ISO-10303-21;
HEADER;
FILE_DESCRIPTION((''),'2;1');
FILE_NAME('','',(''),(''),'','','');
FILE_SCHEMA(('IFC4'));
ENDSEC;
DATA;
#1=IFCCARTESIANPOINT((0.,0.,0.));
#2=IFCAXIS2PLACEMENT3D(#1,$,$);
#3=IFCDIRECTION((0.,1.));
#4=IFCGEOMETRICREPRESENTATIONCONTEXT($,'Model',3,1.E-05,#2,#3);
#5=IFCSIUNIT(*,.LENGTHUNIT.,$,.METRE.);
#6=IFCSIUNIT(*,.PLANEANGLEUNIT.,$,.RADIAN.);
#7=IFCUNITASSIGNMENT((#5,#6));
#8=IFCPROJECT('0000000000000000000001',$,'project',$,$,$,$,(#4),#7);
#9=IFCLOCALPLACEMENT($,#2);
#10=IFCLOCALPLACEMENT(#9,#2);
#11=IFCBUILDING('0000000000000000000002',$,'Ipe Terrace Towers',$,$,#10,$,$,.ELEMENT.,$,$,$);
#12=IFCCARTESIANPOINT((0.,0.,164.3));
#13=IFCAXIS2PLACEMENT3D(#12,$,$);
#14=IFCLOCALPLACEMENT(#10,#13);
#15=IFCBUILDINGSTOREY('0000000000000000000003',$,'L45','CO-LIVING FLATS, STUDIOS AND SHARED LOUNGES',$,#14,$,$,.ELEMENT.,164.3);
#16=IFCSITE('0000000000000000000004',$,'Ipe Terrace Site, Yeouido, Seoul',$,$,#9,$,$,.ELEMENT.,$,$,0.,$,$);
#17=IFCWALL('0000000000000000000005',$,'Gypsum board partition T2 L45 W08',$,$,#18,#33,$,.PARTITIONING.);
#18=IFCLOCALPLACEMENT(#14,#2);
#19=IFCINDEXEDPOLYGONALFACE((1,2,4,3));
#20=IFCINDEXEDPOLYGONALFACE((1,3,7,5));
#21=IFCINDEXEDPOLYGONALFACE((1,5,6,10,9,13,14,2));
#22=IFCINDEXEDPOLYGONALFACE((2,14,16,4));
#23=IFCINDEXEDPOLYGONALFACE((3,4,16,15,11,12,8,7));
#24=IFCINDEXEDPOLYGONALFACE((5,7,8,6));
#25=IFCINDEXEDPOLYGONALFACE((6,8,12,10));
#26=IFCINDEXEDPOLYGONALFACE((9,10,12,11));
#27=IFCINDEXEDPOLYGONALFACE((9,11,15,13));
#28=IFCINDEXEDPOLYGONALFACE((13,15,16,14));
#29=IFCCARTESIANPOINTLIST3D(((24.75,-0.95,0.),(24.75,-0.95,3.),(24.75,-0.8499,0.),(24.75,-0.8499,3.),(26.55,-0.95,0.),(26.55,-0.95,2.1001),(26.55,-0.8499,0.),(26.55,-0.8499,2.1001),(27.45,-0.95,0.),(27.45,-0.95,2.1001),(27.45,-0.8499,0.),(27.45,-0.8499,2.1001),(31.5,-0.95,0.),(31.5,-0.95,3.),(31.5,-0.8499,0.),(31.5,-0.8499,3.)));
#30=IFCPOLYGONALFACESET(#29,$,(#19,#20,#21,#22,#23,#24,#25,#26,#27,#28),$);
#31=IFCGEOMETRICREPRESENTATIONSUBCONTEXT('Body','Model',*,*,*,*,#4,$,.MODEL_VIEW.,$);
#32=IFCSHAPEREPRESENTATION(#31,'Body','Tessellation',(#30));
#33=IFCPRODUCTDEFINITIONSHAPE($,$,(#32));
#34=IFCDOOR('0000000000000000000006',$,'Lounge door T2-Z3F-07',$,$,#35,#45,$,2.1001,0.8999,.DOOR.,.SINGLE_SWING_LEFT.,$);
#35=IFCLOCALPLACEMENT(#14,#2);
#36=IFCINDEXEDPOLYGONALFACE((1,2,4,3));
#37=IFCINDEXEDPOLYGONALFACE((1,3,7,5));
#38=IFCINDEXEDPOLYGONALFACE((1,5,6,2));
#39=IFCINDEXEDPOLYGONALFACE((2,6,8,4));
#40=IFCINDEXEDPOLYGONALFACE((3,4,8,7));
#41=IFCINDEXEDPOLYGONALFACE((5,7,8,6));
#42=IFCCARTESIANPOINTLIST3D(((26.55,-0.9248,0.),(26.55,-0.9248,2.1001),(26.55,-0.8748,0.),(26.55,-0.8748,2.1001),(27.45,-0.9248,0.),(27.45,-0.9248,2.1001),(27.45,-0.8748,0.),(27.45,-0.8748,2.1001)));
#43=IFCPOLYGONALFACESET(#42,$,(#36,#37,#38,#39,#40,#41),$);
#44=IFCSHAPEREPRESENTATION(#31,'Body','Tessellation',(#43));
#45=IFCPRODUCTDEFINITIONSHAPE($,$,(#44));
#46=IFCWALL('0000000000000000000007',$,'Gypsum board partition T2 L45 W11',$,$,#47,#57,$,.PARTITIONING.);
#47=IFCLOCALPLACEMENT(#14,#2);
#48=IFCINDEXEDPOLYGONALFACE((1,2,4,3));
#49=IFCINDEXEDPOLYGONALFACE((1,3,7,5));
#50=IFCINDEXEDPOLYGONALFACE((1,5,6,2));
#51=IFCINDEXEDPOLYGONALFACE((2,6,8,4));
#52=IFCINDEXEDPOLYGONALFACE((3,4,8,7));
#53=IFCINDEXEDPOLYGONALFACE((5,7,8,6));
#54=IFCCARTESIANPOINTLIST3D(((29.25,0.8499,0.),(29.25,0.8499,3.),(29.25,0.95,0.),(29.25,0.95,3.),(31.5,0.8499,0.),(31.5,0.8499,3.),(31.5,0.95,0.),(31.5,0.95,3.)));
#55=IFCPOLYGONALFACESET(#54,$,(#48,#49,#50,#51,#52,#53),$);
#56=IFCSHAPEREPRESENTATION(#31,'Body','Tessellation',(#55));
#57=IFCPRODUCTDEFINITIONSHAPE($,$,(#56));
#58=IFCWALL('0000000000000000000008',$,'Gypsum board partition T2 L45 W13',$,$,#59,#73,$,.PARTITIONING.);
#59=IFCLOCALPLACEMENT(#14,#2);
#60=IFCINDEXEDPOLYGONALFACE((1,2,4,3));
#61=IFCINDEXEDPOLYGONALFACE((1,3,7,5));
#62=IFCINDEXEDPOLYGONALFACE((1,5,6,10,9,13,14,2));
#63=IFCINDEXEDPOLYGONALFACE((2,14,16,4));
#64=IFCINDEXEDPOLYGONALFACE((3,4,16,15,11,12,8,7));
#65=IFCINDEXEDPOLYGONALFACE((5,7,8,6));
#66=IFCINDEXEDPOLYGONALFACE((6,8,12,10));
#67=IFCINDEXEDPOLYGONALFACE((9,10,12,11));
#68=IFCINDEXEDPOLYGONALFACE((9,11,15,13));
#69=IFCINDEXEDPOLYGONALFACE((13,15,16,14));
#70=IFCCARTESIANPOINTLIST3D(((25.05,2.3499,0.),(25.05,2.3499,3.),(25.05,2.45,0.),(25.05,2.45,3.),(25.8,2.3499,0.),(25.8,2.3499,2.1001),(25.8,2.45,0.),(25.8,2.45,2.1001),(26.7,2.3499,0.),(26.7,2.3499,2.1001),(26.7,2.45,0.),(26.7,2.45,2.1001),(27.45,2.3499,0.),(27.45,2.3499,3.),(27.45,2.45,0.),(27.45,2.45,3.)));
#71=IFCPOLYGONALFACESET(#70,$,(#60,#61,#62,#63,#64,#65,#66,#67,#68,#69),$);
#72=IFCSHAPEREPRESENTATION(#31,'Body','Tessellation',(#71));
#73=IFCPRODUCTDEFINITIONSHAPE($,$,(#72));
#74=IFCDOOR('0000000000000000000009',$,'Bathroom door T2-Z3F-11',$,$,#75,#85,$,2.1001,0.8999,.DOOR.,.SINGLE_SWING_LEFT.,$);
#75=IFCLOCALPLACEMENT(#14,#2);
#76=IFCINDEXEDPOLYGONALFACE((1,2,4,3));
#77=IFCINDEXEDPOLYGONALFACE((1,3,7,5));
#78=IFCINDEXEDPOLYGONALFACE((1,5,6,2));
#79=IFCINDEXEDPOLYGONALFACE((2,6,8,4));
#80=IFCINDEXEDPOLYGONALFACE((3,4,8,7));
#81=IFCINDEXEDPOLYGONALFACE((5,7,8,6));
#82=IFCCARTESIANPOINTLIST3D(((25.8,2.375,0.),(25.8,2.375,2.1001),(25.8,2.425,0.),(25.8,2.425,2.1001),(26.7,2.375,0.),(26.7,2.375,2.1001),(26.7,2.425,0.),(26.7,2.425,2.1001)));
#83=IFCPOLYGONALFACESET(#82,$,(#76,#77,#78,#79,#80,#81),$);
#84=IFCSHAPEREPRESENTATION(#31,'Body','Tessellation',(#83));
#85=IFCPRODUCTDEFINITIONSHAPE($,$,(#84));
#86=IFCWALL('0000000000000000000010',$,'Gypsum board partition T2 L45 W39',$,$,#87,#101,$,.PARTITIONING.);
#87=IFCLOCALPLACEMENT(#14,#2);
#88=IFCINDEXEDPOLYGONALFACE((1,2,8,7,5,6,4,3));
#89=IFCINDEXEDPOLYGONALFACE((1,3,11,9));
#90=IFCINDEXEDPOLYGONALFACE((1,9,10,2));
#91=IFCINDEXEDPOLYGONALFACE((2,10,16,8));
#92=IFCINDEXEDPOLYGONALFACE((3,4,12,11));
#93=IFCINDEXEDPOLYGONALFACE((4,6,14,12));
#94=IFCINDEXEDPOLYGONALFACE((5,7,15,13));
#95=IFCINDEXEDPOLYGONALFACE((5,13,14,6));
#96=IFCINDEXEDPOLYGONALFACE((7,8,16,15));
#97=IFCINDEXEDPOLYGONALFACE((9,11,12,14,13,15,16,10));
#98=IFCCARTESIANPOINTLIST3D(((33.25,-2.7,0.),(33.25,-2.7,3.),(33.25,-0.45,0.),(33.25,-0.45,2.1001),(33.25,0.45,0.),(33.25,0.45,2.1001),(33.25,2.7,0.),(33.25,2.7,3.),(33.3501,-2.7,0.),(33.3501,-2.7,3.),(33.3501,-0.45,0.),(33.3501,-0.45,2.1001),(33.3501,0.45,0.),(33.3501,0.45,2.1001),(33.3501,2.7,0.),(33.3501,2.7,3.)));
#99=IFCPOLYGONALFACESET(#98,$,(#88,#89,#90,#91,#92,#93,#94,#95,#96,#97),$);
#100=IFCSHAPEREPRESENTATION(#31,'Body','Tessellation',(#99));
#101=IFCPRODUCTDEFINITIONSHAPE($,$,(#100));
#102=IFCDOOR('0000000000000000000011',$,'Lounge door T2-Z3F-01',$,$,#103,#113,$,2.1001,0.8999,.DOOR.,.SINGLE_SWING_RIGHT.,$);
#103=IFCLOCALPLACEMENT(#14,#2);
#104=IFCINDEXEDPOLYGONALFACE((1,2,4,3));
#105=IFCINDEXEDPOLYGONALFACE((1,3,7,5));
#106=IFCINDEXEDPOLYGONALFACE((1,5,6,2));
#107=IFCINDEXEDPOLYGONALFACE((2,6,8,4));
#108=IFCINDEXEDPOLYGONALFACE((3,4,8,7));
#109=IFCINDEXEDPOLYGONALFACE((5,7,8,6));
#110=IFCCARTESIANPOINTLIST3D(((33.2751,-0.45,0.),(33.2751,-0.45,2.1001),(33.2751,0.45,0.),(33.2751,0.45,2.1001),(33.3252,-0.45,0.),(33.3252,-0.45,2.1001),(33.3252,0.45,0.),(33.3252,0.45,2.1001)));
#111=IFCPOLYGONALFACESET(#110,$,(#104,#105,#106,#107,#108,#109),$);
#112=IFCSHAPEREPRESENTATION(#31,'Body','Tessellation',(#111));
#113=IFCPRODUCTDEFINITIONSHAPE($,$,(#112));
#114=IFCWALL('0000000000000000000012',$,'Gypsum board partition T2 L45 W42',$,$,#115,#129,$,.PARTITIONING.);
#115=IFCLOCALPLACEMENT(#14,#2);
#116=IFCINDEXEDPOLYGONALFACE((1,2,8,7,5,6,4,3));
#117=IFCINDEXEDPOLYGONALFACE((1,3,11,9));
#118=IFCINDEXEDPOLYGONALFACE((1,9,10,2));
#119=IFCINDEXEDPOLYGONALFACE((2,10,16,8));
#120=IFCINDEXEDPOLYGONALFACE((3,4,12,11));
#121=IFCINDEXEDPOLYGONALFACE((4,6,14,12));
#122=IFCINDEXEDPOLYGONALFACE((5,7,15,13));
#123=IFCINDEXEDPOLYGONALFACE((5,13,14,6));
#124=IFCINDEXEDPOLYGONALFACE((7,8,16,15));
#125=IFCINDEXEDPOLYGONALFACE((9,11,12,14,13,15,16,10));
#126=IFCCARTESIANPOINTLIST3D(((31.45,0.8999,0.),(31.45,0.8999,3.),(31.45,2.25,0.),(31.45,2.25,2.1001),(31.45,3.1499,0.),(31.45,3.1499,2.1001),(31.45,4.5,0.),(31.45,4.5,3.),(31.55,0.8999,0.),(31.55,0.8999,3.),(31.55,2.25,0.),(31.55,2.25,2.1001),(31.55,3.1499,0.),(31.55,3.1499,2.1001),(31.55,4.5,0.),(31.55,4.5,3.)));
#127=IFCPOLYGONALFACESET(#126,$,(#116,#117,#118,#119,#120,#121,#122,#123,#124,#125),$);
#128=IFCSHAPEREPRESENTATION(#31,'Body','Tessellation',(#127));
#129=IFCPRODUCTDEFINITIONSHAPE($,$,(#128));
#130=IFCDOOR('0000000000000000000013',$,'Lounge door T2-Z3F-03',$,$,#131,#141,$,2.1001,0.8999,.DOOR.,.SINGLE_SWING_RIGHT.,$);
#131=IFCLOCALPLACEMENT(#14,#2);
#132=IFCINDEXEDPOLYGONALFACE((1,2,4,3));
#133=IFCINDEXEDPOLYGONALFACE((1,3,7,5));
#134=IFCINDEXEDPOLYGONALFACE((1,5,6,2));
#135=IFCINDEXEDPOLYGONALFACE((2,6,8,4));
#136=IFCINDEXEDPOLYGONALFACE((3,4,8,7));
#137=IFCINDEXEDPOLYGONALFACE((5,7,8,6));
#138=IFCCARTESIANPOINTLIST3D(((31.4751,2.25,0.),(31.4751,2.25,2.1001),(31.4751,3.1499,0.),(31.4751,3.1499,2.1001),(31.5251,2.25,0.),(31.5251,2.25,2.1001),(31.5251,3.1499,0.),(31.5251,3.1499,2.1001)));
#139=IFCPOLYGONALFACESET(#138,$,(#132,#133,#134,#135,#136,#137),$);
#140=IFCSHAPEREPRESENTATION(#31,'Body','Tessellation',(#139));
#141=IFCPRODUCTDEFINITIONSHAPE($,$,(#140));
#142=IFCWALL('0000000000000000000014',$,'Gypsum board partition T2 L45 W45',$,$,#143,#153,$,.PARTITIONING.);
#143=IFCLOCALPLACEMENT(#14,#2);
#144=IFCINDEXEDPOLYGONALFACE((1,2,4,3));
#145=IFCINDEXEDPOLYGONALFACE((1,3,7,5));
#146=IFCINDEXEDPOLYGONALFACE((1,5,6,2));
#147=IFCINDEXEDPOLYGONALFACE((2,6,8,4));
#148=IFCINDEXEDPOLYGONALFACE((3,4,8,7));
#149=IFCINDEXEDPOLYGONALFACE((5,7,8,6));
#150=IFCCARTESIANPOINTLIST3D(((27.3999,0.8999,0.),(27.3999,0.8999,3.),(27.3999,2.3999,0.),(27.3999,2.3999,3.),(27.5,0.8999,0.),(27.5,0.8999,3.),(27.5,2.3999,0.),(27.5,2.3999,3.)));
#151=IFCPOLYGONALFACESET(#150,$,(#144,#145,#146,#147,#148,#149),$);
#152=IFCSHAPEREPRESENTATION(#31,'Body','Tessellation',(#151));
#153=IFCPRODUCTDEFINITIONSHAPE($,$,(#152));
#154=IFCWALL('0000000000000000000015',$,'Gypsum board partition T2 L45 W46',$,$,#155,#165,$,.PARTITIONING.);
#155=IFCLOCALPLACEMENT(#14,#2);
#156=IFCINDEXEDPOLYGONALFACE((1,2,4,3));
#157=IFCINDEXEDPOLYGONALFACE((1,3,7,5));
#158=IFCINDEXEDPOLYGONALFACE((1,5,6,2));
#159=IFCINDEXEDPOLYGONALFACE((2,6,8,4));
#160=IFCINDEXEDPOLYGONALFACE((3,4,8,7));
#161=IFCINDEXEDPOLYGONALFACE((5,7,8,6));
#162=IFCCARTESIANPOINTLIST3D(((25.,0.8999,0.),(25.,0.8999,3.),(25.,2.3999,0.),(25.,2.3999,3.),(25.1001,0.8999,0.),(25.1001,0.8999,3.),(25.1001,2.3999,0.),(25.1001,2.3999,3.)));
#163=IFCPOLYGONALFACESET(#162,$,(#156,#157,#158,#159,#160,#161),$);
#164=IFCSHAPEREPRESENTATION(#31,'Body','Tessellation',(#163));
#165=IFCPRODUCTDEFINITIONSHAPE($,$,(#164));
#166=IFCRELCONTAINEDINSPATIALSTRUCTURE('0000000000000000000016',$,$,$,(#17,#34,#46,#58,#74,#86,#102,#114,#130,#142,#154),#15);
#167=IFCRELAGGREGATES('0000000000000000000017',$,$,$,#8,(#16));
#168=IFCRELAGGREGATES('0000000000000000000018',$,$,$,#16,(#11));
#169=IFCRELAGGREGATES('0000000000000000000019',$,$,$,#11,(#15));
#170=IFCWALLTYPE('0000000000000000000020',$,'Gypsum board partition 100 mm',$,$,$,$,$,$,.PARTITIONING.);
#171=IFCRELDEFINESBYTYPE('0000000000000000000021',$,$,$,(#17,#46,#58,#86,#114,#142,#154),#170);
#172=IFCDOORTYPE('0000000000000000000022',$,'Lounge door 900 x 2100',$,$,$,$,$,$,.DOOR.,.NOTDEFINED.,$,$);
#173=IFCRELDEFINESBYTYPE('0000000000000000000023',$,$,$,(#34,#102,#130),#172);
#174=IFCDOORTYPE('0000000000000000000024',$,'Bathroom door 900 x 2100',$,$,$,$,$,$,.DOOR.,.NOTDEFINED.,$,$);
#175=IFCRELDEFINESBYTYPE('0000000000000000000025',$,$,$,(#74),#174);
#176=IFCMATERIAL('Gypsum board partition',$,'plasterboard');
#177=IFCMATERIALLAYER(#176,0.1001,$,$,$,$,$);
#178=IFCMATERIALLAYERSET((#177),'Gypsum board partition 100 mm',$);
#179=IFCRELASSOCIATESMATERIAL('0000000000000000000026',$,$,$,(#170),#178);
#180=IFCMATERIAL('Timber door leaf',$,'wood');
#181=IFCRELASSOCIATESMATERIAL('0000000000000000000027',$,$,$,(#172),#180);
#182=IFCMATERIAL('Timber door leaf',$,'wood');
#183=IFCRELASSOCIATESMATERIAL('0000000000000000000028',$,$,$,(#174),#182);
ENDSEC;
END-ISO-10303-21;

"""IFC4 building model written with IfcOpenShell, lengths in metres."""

from ifc_helpers import new_model, si_unit, direction, frame, frame_2d, origin, place, context, subcontext, project, spatial, rectangle, extrude, material, layer, layer_set, type_object, element, fill, save


model = new_model("IFC4")

# Units and contexts
model_context = context("Model", 3, precision=1e-05, world=origin(), true_north=direction((0.0, 1.0)))
body_context = subcontext(model_context, "Body", "Model", "MODEL_VIEW")
ifc_project = project(units=[si_unit("LENGTHUNIT", "METRE"), si_unit("PLANEANGLEUNIT", "RADIAN")], contexts=[model_context])

# Site, building, storey
site_placement = place(None, origin())
site = spatial("IfcSite", under=ifc_project, at=site_placement, Name="Ipe Terrace Site, Yeouido, Seoul", CompositionType="ELEMENT", RefElevation=0.0)
building_placement = place(site_placement, origin())
building = spatial("IfcBuilding", under=site, at=building_placement, Name="Ipe Terrace Towers", CompositionType="ELEMENT")
storey_placement = place(building_placement, frame((0.0, 0.0, 164.3)))
storey = spatial("IfcBuildingStorey", under=building, at=storey_placement, Name="L45", Description="CO-LIVING FLATS, STUDIOS AND SHARED LOUNGES", CompositionType="ELEMENT", Elevation=164.3)

# Wall, opening, door
ifc_material_1 = material(Name="Gypsum board partition", Category="plasterboard")
ifc_layer_1 = layer(ifc_material_1, 0.1001)
ifc_layer_set_1 = layer_set([ifc_layer_1], Name="Gypsum board partition 100 mm")
wall_type_1 = type_object("IfcWallType", Name="Gypsum board partition 100 mm", PredefinedType="PARTITIONING", material=ifc_layer_set_1)
wall_1_placement = place(storey_placement, frame((31.5, -0.8999, 0.0), z_axis=(0.0, 0.0, 1.0), x_axis=(-1.0, 0.0, 0.0)))
wall_1 = element("IfcWall", 1, at=wall_1_placement, inside=storey, type_object=wall_type_1, Name="Gypsum board partition T2 L45 W08", PredefinedType="PARTITIONING", context=body_context, shape_type="SweptSolid", body=[
    extrude(rectangle(XDim=6.75, YDim=0.1001, at=frame_2d((3.375, 0.0))), origin(), (0.0, 0.0, 1.0), 3.0),
])
opening_1_placement = place(wall_1_placement, frame((4.05, 0.0, 0.0)))
opening_1 = element("IfcOpeningElement", 2, at=opening_1_placement, cuts=wall_1, PredefinedType="OPENING", context=body_context, shape_type="SweptSolid", body=[
    extrude(rectangle(XDim=0.8999, YDim=2.1001, at=frame_2d((0.45, 1.05))), frame((0.0, 0.0601, 0.0), z_axis=(0.0, -1.0, 0.0), x_axis=(1.0, 0.0, 0.0)), (0.0, 0.0, 1.0), 0.1201),
])
ifc_material_2 = material(Name="Timber door leaf", Category="wood")
door_type_1 = type_object("IfcDoorType", Name="Lounge door 900 x 2100", OperationType="NOTDEFINED", PredefinedType="DOOR", material=ifc_material_2)
door_1_placement = place(opening_1_placement, origin())
door_1 = element("IfcDoor", 3, at=door_1_placement, inside=storey, type_object=door_type_1, Name="Lounge door T2-Z3F-07", OperationType="SINGLE_SWING_LEFT", OverallHeight=2.1001, OverallWidth=0.8999, PredefinedType="DOOR", context=body_context, shape_type="SweptSolid", body=[
    extrude(rectangle(XDim=0.8999, YDim=2.1001, at=frame_2d((0.45, 1.05))), frame((0.0, 0.0249, 0.0), z_axis=(0.0, -1.0, 0.0), x_axis=(1.0, 0.0, 0.0)), (0.0, 0.0, 1.0), 0.05),
])
fill(opening_1, door_1)

# Wall
wall_2_placement = place(storey_placement, frame((31.5, 0.8999, 0.0), z_axis=(0.0, 0.0, 1.0), x_axis=(-1.0, 0.0, 0.0)))
element("IfcWall", 4, at=wall_2_placement, inside=storey, type_object=wall_type_1, Name="Gypsum board partition T2 L45 W11", PredefinedType="PARTITIONING", context=body_context, shape_type="SweptSolid", body=[
    extrude(rectangle(XDim=2.25, YDim=0.1001, at=frame_2d((1.125, 0.0))), origin(), (0.0, 0.0, 1.0), 3.0),
])

# Walls, openings, doors
wall_3_placement = place(storey_placement, frame((27.45, 2.3999, 0.0), z_axis=(0.0, 0.0, 1.0), x_axis=(-1.0, 0.0, 0.0)))
wall_3 = element("IfcWall", 5, at=wall_3_placement, inside=storey, type_object=wall_type_1, Name="Gypsum board partition T2 L45 W13", PredefinedType="PARTITIONING", context=body_context, shape_type="SweptSolid", body=[
    extrude(rectangle(XDim=2.3999, YDim=0.1001, at=frame_2d((1.2, 0.0))), origin(), (0.0, 0.0, 1.0), 3.0),
])
opening_2_placement = place(wall_3_placement, frame((0.75, 0.0, 0.0)))
opening_2 = element("IfcOpeningElement", 6, at=opening_2_placement, cuts=wall_3, PredefinedType="OPENING", context=body_context, shape_type="SweptSolid", body=[
    extrude(rectangle(XDim=0.8999, YDim=2.1001, at=frame_2d((0.45, 1.05))), frame((0.0, 0.0601, 0.0), z_axis=(0.0, -1.0, 0.0), x_axis=(1.0, 0.0, 0.0)), (0.0, 0.0, 1.0), 0.1201),
])
ifc_material_3 = material(Name="Timber door leaf", Category="wood")
door_type_2 = type_object("IfcDoorType", Name="Bathroom door 900 x 2100", OperationType="NOTDEFINED", PredefinedType="DOOR", material=ifc_material_3)
door_2_placement = place(opening_2_placement, origin())
door_2 = element("IfcDoor", 7, at=door_2_placement, inside=storey, type_object=door_type_2, Name="Bathroom door T2-Z3F-11", OperationType="SINGLE_SWING_LEFT", OverallHeight=2.1001, OverallWidth=0.8999, PredefinedType="DOOR", context=body_context, shape_type="SweptSolid", body=[
    extrude(rectangle(XDim=0.8999, YDim=2.1001, at=frame_2d((0.45, 1.05))), frame((0.0, 0.0249, 0.0), z_axis=(0.0, -1.0, 0.0), x_axis=(1.0, 0.0, 0.0)), (0.0, 0.0, 1.0), 0.05),
])
fill(opening_2, door_2)
wall_4_placement = place(storey_placement, frame((33.3, -2.7, 0.0), z_axis=(0.0, 0.0, 1.0), x_axis=(0.0, 1.0, 0.0)))
wall_4 = element("IfcWall", 8, at=wall_4_placement, inside=storey, type_object=wall_type_1, Name="Gypsum board partition T2 L45 W39", PredefinedType="PARTITIONING", context=body_context, shape_type="SweptSolid", body=[
    extrude(rectangle(XDim=5.3999, YDim=0.1001, at=frame_2d((2.7, 0.0))), origin(), (0.0, 0.0, 1.0), 3.0),
])
opening_3_placement = place(wall_4_placement, frame((2.25, 0.0, 0.0)))
opening_3 = element("IfcOpeningElement", 9, at=opening_3_placement, cuts=wall_4, PredefinedType="OPENING", context=body_context, shape_type="SweptSolid", body=[
    extrude(rectangle(XDim=0.8999, YDim=2.1001, at=frame_2d((0.45, 1.05))), frame((0.0, 0.0601, 0.0), z_axis=(0.0, -1.0, 0.0), x_axis=(1.0, 0.0, 0.0)), (0.0, 0.0, 1.0), 0.1201),
])
door_3_placement = place(opening_3_placement, origin())
door_3 = element("IfcDoor", 10, at=door_3_placement, inside=storey, type_object=door_type_1, Name="Lounge door T2-Z3F-01", OperationType="SINGLE_SWING_RIGHT", OverallHeight=2.1001, OverallWidth=0.8999, PredefinedType="DOOR", context=body_context, shape_type="SweptSolid", body=[
    extrude(rectangle(XDim=0.8999, YDim=2.1001, at=frame_2d((0.45, 1.05))), frame((0.0, 0.0249, 0.0), z_axis=(0.0, -1.0, 0.0), x_axis=(1.0, 0.0, 0.0)), (0.0, 0.0, 1.0), 0.05),
])
fill(opening_3, door_3)
wall_5_placement = place(storey_placement, frame((31.5, 0.8999, 0.0), z_axis=(0.0, 0.0, 1.0), x_axis=(0.0, 1.0, 0.0)))
wall_5 = element("IfcWall", 11, at=wall_5_placement, inside=storey, type_object=wall_type_1, Name="Gypsum board partition T2 L45 W42", PredefinedType="PARTITIONING", context=body_context, shape_type="SweptSolid", body=[
    extrude(rectangle(XDim=3.6001, YDim=0.1001, at=frame_2d((1.8, 0.0))), origin(), (0.0, 0.0, 1.0), 3.0),
])
opening_4_placement = place(wall_5_placement, frame((1.3501, 0.0, 0.0)))
opening_4 = element("IfcOpeningElement", 12, at=opening_4_placement, cuts=wall_5, PredefinedType="OPENING", context=body_context, shape_type="SweptSolid", body=[
    extrude(rectangle(XDim=0.8999, YDim=2.1001, at=frame_2d((0.45, 1.05))), frame((0.0, 0.0601, 0.0), z_axis=(0.0, -1.0, 0.0), x_axis=(1.0, 0.0, 0.0)), (0.0, 0.0, 1.0), 0.1201),
])
door_4_placement = place(opening_4_placement, origin())
door_4 = element("IfcDoor", 13, at=door_4_placement, inside=storey, type_object=door_type_1, Name="Lounge door T2-Z3F-03", OperationType="SINGLE_SWING_RIGHT", OverallHeight=2.1001, OverallWidth=0.8999, PredefinedType="DOOR", context=body_context, shape_type="SweptSolid", body=[
    extrude(rectangle(XDim=0.8999, YDim=2.1001, at=frame_2d((0.45, 1.05))), frame((0.0, 0.0249, 0.0), z_axis=(0.0, -1.0, 0.0), x_axis=(1.0, 0.0, 0.0)), (0.0, 0.0, 1.0), 0.05),
])
fill(opening_4, door_4)

# Walls
for number, where, z_axis, x_axis, name in (
    (14, (27.45, 0.8999, 0.0), (0.0, 0.0, 1.0), (0.0, 1.0, 0.0), "Gypsum board partition T2 L45 W45"),
    (15, (25.05, 0.8999, 0.0), (0.0, 0.0, 1.0), (0.0, 1.0, 0.0), "Gypsum board partition T2 L45 W46"),
):
    element("IfcWall", number, at=place(storey_placement, frame(where, z_axis=z_axis, x_axis=x_axis)), inside=storey, type_object=wall_type_1, Name=name, PredefinedType="PARTITIONING", context=body_context, shape_type="SweptSolid", body=[
        extrude(rectangle(XDim=1.5, YDim=0.1001, at=frame_2d((0.75, 0.0))), origin(), (0.0, 0.0, 1.0), 3.0),
    ])

save(model, "model.ifc")
